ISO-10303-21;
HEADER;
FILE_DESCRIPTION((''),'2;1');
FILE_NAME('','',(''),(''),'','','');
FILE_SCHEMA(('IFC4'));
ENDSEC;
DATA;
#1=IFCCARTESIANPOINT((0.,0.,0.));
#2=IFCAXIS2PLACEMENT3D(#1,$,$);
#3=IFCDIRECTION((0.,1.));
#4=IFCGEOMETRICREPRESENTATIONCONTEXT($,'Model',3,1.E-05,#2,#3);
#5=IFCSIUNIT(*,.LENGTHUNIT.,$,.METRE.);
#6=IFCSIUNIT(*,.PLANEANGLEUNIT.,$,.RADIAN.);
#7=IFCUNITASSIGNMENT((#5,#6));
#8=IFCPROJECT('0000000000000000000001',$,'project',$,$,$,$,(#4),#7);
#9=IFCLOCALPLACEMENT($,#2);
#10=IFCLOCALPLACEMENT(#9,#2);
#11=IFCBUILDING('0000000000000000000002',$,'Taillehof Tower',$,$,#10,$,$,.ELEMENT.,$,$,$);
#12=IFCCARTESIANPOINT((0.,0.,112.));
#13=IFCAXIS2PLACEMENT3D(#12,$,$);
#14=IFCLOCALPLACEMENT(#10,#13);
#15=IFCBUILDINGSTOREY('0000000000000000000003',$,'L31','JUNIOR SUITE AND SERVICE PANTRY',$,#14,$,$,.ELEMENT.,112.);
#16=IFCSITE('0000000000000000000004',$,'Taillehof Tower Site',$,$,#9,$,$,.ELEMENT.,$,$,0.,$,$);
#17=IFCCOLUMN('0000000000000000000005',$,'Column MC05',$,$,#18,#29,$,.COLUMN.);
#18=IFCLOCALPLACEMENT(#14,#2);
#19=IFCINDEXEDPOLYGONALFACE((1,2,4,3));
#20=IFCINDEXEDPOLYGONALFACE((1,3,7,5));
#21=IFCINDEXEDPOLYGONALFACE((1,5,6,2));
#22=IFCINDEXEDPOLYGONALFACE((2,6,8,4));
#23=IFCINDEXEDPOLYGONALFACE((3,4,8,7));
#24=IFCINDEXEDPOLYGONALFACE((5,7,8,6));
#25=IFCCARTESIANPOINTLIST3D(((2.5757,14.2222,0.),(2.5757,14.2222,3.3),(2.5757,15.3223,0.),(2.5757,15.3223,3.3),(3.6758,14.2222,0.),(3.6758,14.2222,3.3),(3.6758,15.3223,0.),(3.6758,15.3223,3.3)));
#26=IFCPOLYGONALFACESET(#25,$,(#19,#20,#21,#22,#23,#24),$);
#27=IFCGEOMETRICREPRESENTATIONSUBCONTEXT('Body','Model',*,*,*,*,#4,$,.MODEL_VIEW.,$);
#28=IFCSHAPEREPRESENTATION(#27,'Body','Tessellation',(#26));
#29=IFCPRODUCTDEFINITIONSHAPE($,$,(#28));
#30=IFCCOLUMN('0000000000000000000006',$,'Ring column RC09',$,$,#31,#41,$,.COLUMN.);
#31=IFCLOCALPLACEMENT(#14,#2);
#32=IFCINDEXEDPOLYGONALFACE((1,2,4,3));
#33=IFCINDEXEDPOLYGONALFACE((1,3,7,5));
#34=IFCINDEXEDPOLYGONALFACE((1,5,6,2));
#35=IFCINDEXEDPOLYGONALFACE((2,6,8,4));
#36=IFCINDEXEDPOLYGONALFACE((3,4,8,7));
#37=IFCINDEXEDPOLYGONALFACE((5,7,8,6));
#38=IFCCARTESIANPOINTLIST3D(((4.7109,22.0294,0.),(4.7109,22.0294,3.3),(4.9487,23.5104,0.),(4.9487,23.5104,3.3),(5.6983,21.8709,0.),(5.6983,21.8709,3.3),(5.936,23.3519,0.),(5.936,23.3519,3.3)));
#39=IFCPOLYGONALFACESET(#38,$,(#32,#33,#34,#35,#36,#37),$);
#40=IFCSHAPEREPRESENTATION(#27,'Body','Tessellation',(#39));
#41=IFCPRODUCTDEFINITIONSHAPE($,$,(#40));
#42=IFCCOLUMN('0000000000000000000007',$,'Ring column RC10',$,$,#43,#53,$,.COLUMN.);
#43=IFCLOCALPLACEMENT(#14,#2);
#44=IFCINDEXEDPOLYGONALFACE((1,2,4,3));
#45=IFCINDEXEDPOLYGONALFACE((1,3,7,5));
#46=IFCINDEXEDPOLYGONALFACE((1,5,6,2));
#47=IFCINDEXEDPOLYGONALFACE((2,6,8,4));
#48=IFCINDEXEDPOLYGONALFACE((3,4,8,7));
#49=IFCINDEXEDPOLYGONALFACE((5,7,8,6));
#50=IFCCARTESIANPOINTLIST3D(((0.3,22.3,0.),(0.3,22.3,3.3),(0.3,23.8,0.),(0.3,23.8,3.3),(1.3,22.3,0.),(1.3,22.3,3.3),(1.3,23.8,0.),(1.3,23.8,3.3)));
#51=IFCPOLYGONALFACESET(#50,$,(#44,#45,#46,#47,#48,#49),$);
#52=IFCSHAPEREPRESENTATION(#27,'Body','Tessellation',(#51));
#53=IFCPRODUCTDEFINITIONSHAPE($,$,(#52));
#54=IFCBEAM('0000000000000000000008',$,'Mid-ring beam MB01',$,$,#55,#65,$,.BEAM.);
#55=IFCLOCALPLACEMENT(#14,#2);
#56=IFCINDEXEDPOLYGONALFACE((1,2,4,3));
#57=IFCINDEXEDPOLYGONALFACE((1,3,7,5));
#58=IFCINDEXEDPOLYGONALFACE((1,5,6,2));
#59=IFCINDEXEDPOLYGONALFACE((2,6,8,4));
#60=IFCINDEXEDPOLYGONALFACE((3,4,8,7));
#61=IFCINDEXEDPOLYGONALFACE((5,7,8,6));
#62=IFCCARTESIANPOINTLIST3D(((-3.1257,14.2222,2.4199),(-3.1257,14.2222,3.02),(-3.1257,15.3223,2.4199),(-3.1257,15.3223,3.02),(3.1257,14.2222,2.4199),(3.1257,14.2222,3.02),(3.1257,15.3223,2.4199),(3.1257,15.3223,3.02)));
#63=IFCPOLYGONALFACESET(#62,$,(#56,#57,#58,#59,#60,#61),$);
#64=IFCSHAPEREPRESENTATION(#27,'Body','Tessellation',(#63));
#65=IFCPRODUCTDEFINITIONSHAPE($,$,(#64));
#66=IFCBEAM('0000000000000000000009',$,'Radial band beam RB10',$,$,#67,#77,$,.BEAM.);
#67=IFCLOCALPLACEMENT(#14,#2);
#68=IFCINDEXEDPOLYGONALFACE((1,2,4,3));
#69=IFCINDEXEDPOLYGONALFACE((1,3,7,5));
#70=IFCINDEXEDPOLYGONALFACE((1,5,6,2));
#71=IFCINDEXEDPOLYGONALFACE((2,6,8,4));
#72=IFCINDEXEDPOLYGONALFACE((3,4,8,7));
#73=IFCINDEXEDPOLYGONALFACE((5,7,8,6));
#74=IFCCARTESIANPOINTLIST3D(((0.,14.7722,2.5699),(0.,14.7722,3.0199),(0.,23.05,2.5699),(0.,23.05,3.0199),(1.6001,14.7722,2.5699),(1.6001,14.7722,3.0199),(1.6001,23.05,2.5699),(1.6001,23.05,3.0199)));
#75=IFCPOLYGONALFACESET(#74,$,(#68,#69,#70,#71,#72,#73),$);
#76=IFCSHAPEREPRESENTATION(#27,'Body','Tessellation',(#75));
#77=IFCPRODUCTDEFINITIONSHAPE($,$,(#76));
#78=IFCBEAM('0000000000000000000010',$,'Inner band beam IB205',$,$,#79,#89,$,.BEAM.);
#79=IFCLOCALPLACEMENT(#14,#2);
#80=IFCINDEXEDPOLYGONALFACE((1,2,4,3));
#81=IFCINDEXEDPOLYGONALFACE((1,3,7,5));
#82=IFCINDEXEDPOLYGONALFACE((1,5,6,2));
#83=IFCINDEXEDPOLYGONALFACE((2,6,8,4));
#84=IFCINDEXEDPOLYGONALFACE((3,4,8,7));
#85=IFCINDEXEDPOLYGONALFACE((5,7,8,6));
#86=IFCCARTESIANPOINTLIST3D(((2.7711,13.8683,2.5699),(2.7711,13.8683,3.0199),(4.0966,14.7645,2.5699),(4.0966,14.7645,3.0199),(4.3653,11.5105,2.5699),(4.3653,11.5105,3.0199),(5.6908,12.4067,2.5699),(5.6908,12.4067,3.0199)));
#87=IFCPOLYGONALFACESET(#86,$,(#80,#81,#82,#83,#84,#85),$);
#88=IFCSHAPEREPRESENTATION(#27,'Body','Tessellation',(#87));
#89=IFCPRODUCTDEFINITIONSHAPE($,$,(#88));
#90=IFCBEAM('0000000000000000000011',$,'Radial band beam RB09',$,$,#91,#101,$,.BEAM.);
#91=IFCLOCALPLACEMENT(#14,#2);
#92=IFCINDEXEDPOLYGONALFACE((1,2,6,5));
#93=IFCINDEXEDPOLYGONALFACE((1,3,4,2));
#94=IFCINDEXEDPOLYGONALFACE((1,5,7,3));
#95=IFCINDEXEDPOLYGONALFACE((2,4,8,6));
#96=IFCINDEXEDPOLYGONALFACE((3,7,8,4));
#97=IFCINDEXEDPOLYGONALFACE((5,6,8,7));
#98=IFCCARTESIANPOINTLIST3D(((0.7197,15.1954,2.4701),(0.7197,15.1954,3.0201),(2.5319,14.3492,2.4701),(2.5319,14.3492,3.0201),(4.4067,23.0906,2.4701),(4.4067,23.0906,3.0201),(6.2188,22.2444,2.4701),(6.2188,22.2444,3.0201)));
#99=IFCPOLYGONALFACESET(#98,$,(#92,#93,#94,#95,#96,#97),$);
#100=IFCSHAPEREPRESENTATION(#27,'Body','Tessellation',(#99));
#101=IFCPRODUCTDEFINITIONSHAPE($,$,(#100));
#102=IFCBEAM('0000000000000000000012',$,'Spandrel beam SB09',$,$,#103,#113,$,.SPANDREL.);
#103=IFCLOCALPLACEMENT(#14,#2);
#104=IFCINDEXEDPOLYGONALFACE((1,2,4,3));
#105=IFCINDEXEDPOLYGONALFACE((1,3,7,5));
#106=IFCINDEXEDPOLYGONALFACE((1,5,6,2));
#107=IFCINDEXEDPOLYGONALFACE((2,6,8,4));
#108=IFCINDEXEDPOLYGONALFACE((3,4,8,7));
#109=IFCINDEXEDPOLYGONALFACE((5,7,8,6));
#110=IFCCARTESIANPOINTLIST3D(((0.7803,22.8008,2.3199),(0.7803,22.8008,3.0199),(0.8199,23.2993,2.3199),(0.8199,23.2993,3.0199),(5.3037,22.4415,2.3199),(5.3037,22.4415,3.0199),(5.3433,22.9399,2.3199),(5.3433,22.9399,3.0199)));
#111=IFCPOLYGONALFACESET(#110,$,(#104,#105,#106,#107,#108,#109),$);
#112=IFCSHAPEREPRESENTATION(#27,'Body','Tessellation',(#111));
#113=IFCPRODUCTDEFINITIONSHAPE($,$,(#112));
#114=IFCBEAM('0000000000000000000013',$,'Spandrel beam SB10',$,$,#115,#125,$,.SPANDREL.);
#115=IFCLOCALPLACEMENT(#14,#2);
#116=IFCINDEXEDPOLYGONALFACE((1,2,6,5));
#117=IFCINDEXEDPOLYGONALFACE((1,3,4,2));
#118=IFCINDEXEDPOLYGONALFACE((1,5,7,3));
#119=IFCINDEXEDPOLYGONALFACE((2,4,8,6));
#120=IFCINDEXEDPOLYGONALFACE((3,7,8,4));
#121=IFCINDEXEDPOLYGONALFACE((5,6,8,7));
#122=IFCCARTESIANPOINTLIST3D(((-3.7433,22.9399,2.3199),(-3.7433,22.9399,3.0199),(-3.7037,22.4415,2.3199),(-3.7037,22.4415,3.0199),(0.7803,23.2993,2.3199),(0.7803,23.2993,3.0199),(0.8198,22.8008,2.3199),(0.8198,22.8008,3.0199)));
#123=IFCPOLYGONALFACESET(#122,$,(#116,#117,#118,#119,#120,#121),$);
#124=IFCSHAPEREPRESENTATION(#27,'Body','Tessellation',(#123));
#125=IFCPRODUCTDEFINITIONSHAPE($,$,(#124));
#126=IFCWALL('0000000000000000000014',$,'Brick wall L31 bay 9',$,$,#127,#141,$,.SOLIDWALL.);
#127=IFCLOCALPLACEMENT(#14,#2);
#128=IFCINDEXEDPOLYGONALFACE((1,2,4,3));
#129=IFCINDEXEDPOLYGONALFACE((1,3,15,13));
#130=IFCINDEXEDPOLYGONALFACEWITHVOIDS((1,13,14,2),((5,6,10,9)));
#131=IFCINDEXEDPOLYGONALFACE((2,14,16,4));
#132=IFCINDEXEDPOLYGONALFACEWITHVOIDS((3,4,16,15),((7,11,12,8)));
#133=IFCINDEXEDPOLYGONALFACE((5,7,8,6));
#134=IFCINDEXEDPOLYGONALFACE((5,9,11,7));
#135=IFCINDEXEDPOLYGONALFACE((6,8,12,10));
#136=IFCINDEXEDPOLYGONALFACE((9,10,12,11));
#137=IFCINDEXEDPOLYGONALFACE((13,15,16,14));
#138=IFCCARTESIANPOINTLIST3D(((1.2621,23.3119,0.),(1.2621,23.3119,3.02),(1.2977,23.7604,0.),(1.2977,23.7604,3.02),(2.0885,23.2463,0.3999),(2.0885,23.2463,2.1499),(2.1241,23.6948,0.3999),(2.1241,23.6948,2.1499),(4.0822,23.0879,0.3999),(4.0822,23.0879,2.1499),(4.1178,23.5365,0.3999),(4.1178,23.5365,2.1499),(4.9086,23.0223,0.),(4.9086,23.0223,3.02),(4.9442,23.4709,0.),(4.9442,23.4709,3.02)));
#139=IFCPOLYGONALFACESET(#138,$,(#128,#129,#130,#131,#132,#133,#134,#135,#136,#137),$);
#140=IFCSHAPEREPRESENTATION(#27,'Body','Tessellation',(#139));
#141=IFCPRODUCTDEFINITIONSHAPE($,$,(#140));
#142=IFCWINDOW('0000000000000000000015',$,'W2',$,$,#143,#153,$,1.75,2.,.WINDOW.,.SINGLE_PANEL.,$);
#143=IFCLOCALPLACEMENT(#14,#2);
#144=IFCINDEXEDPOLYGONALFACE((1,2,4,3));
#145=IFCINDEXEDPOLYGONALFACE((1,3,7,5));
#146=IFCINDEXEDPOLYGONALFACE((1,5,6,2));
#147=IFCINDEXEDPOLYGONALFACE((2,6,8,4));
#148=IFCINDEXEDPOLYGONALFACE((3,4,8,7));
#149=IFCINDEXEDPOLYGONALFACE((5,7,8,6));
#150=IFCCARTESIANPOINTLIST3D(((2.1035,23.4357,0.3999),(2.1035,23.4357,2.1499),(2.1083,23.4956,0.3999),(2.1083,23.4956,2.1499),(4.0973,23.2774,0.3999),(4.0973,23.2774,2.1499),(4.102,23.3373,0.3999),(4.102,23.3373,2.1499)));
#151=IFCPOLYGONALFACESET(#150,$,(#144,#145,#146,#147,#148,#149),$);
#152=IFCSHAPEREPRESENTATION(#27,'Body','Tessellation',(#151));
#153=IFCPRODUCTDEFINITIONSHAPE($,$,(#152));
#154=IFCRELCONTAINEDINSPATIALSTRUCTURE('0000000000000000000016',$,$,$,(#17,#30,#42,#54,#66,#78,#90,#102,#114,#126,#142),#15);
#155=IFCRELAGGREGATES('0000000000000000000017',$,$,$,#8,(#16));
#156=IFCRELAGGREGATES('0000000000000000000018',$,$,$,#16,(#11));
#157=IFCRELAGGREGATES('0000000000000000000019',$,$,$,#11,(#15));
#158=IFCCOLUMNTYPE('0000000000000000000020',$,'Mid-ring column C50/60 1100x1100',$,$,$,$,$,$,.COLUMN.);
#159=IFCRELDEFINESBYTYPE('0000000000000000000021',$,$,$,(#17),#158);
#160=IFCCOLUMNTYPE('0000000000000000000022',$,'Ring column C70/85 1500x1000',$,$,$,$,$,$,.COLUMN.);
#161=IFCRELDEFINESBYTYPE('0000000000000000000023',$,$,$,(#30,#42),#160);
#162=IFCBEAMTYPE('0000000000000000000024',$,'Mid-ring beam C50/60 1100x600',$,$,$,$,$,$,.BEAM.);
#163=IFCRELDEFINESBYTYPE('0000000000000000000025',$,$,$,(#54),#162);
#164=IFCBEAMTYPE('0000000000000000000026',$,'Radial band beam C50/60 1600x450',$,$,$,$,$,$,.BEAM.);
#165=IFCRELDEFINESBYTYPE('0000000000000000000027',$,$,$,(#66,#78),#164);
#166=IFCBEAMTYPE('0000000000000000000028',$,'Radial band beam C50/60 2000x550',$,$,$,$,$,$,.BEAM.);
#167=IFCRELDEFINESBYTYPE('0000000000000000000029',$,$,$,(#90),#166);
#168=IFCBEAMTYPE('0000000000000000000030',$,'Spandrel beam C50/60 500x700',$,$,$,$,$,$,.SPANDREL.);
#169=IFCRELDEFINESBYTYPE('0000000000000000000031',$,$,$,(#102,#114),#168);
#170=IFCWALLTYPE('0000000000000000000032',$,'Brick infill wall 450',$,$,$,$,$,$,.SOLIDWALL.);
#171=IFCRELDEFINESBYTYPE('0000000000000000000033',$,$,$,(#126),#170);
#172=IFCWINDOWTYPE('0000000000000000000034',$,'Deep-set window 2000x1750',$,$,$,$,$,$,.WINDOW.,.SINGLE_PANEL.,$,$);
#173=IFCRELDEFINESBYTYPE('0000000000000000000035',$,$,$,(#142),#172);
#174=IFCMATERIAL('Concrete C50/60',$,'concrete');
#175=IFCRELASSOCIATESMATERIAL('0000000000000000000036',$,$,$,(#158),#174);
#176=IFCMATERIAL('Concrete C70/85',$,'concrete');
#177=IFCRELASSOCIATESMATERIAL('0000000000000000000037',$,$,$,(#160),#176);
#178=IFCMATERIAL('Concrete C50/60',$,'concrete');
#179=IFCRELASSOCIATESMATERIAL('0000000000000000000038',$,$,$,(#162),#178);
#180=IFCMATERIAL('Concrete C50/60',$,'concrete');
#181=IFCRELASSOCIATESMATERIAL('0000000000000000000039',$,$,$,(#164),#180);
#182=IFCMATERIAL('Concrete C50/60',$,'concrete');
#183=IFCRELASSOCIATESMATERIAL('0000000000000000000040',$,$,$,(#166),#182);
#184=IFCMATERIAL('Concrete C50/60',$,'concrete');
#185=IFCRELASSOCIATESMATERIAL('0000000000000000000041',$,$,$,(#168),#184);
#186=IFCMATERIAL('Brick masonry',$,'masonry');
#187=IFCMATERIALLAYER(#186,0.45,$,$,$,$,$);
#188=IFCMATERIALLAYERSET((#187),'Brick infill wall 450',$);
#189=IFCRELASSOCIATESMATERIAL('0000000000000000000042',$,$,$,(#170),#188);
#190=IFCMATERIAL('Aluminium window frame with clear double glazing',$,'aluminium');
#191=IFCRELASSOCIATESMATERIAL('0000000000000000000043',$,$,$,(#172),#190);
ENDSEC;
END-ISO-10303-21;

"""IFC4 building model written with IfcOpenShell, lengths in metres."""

from ifc_helpers import new_model, si_unit, direction, frame, frame_2d, origin, origin_2d, place, context, subcontext, project, spatial, rectangle, extrude, material, layer, layer_set, material_profile, profile_set, type_object, element, fill, save


model = new_model("IFC4")

# Units and contexts
model_context = context("Model", 3, precision=1e-05, world=origin(), true_north=direction((0.0, 1.0)))
body_context = subcontext(model_context, "Body", "Model", "MODEL_VIEW")
ifc_project = project(units=[si_unit("LENGTHUNIT", "METRE"), si_unit("PLANEANGLEUNIT", "RADIAN")], contexts=[model_context])

# Site, building, storey
site_placement = place(None, origin())
site = spatial("IfcSite", under=ifc_project, at=site_placement, Name="Taillehof Tower Site", CompositionType="ELEMENT", RefElevation=0.0)
building_placement = place(site_placement, origin())
building = spatial("IfcBuilding", under=site, at=building_placement, Name="Taillehof Tower", CompositionType="ELEMENT")
storey_placement = place(building_placement, frame((0.0, 0.0, 112.0)))
storey = spatial("IfcBuildingStorey", under=building, at=storey_placement, Name="L31", Description="JUNIOR SUITE AND SERVICE PANTRY", CompositionType="ELEMENT", Elevation=112.0)

# Columns
ifc_material_1 = material(Name="Concrete C50/60", Category="concrete")
ifc_material_profile_1 = material_profile(ifc_material_1, rectangle(XDim=1.1001, YDim=1.1001, at=origin_2d()), Name="RC 1100x1100")
ifc_profile_set_1 = profile_set([ifc_material_profile_1], Name="Concrete C50/60")
column_type_1 = type_object("IfcColumnType", Name="Mid-ring column C50/60 1100x1100", PredefinedType="COLUMN", material=ifc_profile_set_1)
column_placement = place(storey_placement, frame((3.1257, 14.7722, 0.0), z_axis=(0.0, 0.0, 1.0), x_axis=(1.0, 0.0, 0.0)))
element("IfcColumn", 1, at=column_placement, inside=storey, type_object=column_type_1, Name="Column MC05", PredefinedType="COLUMN", context=body_context, shape_type="SweptSolid", body=[
    extrude(rectangle(XDim=1.1001, YDim=1.1001, at=origin_2d()), origin(), (0.0, 0.0, 1.0), 3.3),
])
ifc_material_2 = material(Name="Concrete C70/85", Category="concrete")
ifc_material_profile_2 = material_profile(ifc_material_2, rectangle(XDim=1.5, YDim=1.0, at=origin_2d()), Name="RC 1500x1000")
ifc_profile_set_2 = profile_set([ifc_material_profile_2], Name="Concrete C70/85")
column_type_2 = type_object("IfcColumnType", Name="Ring column C70/85 1500x1000", PredefinedType="COLUMN", material=ifc_profile_set_2)
for number, where, z_axis, x_axis, name in (
    (2, (5.3235, 22.6907, 0.0), (0.0, 0.0, 1.0), (0.158507, 0.987358, 0.0), "Ring column RC09"),
    (3, (0.8, 23.05, 0.0), (0.0, 0.0, 1.0), (0.0, 1.0, 0.0), "Ring column RC10"),
):
    element("IfcColumn", number, at=place(storey_placement, frame(where, z_axis=z_axis, x_axis=x_axis)), inside=storey, type_object=column_type_2, Name=name, PredefinedType="COLUMN", context=body_context, shape_type="SweptSolid", body=[
        extrude(rectangle(XDim=1.5, YDim=1.0, at=origin_2d()), origin(), (0.0, 0.0, 1.0), 3.3),
    ])

# Beams
ifc_material_3 = material(Name="Concrete C50/60", Category="concrete")
ifc_material_profile_3 = material_profile(ifc_material_3, rectangle(XDim=1.1001, YDim=0.6001, at=origin_2d()), Name="RC 1100x600")
ifc_profile_set_3 = profile_set([ifc_material_profile_3], Name="Concrete C50/60")
beam_type_1 = type_object("IfcBeamType", Name="Mid-ring beam C50/60 1100x600", PredefinedType="BEAM", material=ifc_profile_set_3)
beam_1_placement = place(storey_placement, frame((3.1257, 14.7722, 2.72), z_axis=(-1.0, 0.0, 0.0), x_axis=(0.0, -1.0, 0.0)))
element("IfcBeam", 4, at=beam_1_placement, inside=storey, type_object=beam_type_1, Name="Mid-ring beam MB01", PredefinedType="BEAM", context=body_context, shape_type="SweptSolid", body=[
    extrude(rectangle(XDim=1.1001, YDim=0.6001, at=origin_2d()), origin(), (0.0, 0.0, 1.0), 6.2515),
])
ifc_material_4 = material(Name="Concrete C50/60", Category="concrete")
ifc_material_profile_4 = material_profile(ifc_material_4, rectangle(XDim=1.6001, YDim=0.45, at=origin_2d()), Name="RC 1600x450")
ifc_profile_set_4 = profile_set([ifc_material_profile_4], Name="Concrete C50/60")
beam_type_2 = type_object("IfcBeamType", Name="Radial band beam C50/60 1600x450", PredefinedType="BEAM", material=ifc_profile_set_4)
beam_2_placement = place(storey_placement, frame((0.8, 23.05, 2.7949), z_axis=(0.0, -1.0, 0.0), x_axis=(1.0, 0.0, 0.0)))
element("IfcBeam", 5, at=beam_2_placement, inside=storey, type_object=beam_type_2, Name="Radial band beam RB10", PredefinedType="BEAM", context=body_context, shape_type="SweptSolid", body=[
    extrude(rectangle(XDim=1.6001, YDim=0.45, at=origin_2d()), origin(), (0.0, 0.0, 1.0), 8.2778),
])
beam_3_placement = place(storey_placement, frame((3.4338, 14.3164, 2.7949), z_axis=(0.560112, -0.828417, 0.0), x_axis=(0.828417, 0.560112, 0.0)))
element("IfcBeam", 6, at=beam_3_placement, inside=storey, type_object=beam_type_2, Name="Inner band beam IB205", PredefinedType="BEAM", context=body_context, shape_type="SweptSolid", body=[
    extrude(rectangle(XDim=1.6001, YDim=0.45, at=origin_2d()), origin(), (0.0, 0.0, 1.0), 2.8462),
])
ifc_material_5 = material(Name="Concrete C50/60", Category="concrete")
ifc_material_profile_5 = material_profile(ifc_material_5, rectangle(XDim=2.0, YDim=0.55, at=origin_2d()), Name="RC 2000x550")
ifc_profile_set_5 = profile_set([ifc_material_profile_5], Name="Concrete C50/60")
beam_type_3 = type_object("IfcBeamType", Name="Radial band beam C50/60 2000x550", PredefinedType="BEAM", material=ifc_profile_set_5)
beam_4_placement = place(storey_placement, frame((5.3127, 22.6675, 2.7451), z_axis=(-0.423126, -0.906071, 0.0), x_axis=(0.906071, -0.423126, 0.0)))
element("IfcBeam", 7, at=beam_4_placement, inside=storey, type_object=beam_type_3, Name="Radial band beam RB09", PredefinedType="BEAM", context=body_context, shape_type="SweptSolid", body=[
    extrude(rectangle(XDim=2.0, YDim=0.55, at=origin_2d()), origin(), (0.0, 0.0, 1.0), 8.7136),
])
ifc_material_6 = material(Name="Concrete C50/60", Category="concrete")
ifc_material_profile_6 = material_profile(ifc_material_6, rectangle(XDim=0.5, YDim=0.7, at=origin_2d()), Name="RC 500x700")
ifc_profile_set_6 = profile_set([ifc_material_profile_6], Name="Concrete C50/60")
beam_type_4 = type_object("IfcBeamType", Name="Spandrel beam C50/60 500x700", PredefinedType="SPANDREL", material=ifc_profile_set_6)
beam_5_placement = place(storey_placement, frame((5.3235, 22.6907, 2.6699), z_axis=(-0.996859, 0.079198, 0.0), x_axis=(-0.079198, -0.996859, 0.0)))
element("IfcBeam", 8, at=beam_5_placement, inside=storey, type_object=beam_type_4, Name="Spandrel beam SB09", PredefinedType="SPANDREL", context=body_context, shape_type="SweptSolid", body=[
    extrude(rectangle(XDim=0.5, YDim=0.7, at=origin_2d()), origin(), (0.0, 0.0, 1.0), 4.5376),
])
beam_6_placement = place(storey_placement, frame((0.8, 23.05, 2.6699), z_axis=(-0.996859, -0.079194, 0.0), x_axis=(0.079194, -0.996859, 0.0)))
element("IfcBeam", 9, at=beam_6_placement, inside=storey, type_object=beam_type_4, Name="Spandrel beam SB10", PredefinedType="SPANDREL", context=body_context, shape_type="SweptSolid", body=[
    extrude(rectangle(XDim=0.5, YDim=0.7, at=origin_2d()), origin(), (0.0, 0.0, 1.0), 4.5378),
])

# Wall, opening, window
ifc_material_7 = material(Name="Brick masonry", Category="masonry")
ifc_layer_1 = layer(ifc_material_7, 0.45)
ifc_layer_set_1 = layer_set([ifc_layer_1], Name="Brick infill wall 450")
wall_type_1 = type_object("IfcWallType", Name="Brick infill wall 450", PredefinedType="SOLIDWALL", material=ifc_layer_set_1)
wall_1_placement = place(storey_placement, frame((4.9265, 23.2466, 0.0), z_axis=(0.0, 0.0, 1.0), x_axis=(-0.996862, 0.079156, 0.0)))
wall_1 = element("IfcWall", 10, at=wall_1_placement, inside=storey, type_object=wall_type_1, Name="Brick wall L31 bay 9", PredefinedType="SOLIDWALL", context=body_context, shape_type="SweptSolid", body=[
    extrude(rectangle(XDim=3.658, YDim=0.45, at=frame_2d((1.8291, 0.0))), origin(), (0.0, 0.0, 1.0), 3.02),
])
opening_1_placement = place(wall_1_placement, frame((0.8291, 0.0, 0.3999)))
opening_1 = element("IfcOpeningElement", 11, at=opening_1_placement, cuts=wall_1, PredefinedType="OPENING", context=body_context, shape_type="SweptSolid", body=[
    extrude(rectangle(XDim=2.0, YDim=1.75, at=frame_2d((1.0, 0.875))), frame((0.0, 0.2349, 0.0), z_axis=(0.0, -1.0, 0.0), x_axis=(1.0, 0.0, 0.0)), (0.0, 0.0, 1.0), 0.47),
])
ifc_material_8 = material(Name="Aluminium window frame with clear double glazing", Category="aluminium")
window_type = type_object("IfcWindowType", Name="Deep-set window 2000x1750", PartitioningType="SINGLE_PANEL", PredefinedType="WINDOW", material=ifc_material_8)
window_1_placement = place(opening_1_placement, origin())
window_1 = element("IfcWindow", 12, at=window_1_placement, inside=storey, type_object=window_type, Name="W2", OverallHeight=1.75, OverallWidth=2.0, PartitioningType="SINGLE_PANEL", PredefinedType="WINDOW", context=body_context, shape_type="SweptSolid", body=[
    extrude(rectangle(XDim=2.0, YDim=1.75, at=frame_2d((1.0, 0.875))), frame((0.0, 0.0349, 0.0), z_axis=(0.0, -1.0, 0.0), x_axis=(1.0, 0.0, 0.0)), (0.0, 0.0, 1.0), 0.0601),
])
fill(opening_1, window_1)

save(model, "model.ifc")
